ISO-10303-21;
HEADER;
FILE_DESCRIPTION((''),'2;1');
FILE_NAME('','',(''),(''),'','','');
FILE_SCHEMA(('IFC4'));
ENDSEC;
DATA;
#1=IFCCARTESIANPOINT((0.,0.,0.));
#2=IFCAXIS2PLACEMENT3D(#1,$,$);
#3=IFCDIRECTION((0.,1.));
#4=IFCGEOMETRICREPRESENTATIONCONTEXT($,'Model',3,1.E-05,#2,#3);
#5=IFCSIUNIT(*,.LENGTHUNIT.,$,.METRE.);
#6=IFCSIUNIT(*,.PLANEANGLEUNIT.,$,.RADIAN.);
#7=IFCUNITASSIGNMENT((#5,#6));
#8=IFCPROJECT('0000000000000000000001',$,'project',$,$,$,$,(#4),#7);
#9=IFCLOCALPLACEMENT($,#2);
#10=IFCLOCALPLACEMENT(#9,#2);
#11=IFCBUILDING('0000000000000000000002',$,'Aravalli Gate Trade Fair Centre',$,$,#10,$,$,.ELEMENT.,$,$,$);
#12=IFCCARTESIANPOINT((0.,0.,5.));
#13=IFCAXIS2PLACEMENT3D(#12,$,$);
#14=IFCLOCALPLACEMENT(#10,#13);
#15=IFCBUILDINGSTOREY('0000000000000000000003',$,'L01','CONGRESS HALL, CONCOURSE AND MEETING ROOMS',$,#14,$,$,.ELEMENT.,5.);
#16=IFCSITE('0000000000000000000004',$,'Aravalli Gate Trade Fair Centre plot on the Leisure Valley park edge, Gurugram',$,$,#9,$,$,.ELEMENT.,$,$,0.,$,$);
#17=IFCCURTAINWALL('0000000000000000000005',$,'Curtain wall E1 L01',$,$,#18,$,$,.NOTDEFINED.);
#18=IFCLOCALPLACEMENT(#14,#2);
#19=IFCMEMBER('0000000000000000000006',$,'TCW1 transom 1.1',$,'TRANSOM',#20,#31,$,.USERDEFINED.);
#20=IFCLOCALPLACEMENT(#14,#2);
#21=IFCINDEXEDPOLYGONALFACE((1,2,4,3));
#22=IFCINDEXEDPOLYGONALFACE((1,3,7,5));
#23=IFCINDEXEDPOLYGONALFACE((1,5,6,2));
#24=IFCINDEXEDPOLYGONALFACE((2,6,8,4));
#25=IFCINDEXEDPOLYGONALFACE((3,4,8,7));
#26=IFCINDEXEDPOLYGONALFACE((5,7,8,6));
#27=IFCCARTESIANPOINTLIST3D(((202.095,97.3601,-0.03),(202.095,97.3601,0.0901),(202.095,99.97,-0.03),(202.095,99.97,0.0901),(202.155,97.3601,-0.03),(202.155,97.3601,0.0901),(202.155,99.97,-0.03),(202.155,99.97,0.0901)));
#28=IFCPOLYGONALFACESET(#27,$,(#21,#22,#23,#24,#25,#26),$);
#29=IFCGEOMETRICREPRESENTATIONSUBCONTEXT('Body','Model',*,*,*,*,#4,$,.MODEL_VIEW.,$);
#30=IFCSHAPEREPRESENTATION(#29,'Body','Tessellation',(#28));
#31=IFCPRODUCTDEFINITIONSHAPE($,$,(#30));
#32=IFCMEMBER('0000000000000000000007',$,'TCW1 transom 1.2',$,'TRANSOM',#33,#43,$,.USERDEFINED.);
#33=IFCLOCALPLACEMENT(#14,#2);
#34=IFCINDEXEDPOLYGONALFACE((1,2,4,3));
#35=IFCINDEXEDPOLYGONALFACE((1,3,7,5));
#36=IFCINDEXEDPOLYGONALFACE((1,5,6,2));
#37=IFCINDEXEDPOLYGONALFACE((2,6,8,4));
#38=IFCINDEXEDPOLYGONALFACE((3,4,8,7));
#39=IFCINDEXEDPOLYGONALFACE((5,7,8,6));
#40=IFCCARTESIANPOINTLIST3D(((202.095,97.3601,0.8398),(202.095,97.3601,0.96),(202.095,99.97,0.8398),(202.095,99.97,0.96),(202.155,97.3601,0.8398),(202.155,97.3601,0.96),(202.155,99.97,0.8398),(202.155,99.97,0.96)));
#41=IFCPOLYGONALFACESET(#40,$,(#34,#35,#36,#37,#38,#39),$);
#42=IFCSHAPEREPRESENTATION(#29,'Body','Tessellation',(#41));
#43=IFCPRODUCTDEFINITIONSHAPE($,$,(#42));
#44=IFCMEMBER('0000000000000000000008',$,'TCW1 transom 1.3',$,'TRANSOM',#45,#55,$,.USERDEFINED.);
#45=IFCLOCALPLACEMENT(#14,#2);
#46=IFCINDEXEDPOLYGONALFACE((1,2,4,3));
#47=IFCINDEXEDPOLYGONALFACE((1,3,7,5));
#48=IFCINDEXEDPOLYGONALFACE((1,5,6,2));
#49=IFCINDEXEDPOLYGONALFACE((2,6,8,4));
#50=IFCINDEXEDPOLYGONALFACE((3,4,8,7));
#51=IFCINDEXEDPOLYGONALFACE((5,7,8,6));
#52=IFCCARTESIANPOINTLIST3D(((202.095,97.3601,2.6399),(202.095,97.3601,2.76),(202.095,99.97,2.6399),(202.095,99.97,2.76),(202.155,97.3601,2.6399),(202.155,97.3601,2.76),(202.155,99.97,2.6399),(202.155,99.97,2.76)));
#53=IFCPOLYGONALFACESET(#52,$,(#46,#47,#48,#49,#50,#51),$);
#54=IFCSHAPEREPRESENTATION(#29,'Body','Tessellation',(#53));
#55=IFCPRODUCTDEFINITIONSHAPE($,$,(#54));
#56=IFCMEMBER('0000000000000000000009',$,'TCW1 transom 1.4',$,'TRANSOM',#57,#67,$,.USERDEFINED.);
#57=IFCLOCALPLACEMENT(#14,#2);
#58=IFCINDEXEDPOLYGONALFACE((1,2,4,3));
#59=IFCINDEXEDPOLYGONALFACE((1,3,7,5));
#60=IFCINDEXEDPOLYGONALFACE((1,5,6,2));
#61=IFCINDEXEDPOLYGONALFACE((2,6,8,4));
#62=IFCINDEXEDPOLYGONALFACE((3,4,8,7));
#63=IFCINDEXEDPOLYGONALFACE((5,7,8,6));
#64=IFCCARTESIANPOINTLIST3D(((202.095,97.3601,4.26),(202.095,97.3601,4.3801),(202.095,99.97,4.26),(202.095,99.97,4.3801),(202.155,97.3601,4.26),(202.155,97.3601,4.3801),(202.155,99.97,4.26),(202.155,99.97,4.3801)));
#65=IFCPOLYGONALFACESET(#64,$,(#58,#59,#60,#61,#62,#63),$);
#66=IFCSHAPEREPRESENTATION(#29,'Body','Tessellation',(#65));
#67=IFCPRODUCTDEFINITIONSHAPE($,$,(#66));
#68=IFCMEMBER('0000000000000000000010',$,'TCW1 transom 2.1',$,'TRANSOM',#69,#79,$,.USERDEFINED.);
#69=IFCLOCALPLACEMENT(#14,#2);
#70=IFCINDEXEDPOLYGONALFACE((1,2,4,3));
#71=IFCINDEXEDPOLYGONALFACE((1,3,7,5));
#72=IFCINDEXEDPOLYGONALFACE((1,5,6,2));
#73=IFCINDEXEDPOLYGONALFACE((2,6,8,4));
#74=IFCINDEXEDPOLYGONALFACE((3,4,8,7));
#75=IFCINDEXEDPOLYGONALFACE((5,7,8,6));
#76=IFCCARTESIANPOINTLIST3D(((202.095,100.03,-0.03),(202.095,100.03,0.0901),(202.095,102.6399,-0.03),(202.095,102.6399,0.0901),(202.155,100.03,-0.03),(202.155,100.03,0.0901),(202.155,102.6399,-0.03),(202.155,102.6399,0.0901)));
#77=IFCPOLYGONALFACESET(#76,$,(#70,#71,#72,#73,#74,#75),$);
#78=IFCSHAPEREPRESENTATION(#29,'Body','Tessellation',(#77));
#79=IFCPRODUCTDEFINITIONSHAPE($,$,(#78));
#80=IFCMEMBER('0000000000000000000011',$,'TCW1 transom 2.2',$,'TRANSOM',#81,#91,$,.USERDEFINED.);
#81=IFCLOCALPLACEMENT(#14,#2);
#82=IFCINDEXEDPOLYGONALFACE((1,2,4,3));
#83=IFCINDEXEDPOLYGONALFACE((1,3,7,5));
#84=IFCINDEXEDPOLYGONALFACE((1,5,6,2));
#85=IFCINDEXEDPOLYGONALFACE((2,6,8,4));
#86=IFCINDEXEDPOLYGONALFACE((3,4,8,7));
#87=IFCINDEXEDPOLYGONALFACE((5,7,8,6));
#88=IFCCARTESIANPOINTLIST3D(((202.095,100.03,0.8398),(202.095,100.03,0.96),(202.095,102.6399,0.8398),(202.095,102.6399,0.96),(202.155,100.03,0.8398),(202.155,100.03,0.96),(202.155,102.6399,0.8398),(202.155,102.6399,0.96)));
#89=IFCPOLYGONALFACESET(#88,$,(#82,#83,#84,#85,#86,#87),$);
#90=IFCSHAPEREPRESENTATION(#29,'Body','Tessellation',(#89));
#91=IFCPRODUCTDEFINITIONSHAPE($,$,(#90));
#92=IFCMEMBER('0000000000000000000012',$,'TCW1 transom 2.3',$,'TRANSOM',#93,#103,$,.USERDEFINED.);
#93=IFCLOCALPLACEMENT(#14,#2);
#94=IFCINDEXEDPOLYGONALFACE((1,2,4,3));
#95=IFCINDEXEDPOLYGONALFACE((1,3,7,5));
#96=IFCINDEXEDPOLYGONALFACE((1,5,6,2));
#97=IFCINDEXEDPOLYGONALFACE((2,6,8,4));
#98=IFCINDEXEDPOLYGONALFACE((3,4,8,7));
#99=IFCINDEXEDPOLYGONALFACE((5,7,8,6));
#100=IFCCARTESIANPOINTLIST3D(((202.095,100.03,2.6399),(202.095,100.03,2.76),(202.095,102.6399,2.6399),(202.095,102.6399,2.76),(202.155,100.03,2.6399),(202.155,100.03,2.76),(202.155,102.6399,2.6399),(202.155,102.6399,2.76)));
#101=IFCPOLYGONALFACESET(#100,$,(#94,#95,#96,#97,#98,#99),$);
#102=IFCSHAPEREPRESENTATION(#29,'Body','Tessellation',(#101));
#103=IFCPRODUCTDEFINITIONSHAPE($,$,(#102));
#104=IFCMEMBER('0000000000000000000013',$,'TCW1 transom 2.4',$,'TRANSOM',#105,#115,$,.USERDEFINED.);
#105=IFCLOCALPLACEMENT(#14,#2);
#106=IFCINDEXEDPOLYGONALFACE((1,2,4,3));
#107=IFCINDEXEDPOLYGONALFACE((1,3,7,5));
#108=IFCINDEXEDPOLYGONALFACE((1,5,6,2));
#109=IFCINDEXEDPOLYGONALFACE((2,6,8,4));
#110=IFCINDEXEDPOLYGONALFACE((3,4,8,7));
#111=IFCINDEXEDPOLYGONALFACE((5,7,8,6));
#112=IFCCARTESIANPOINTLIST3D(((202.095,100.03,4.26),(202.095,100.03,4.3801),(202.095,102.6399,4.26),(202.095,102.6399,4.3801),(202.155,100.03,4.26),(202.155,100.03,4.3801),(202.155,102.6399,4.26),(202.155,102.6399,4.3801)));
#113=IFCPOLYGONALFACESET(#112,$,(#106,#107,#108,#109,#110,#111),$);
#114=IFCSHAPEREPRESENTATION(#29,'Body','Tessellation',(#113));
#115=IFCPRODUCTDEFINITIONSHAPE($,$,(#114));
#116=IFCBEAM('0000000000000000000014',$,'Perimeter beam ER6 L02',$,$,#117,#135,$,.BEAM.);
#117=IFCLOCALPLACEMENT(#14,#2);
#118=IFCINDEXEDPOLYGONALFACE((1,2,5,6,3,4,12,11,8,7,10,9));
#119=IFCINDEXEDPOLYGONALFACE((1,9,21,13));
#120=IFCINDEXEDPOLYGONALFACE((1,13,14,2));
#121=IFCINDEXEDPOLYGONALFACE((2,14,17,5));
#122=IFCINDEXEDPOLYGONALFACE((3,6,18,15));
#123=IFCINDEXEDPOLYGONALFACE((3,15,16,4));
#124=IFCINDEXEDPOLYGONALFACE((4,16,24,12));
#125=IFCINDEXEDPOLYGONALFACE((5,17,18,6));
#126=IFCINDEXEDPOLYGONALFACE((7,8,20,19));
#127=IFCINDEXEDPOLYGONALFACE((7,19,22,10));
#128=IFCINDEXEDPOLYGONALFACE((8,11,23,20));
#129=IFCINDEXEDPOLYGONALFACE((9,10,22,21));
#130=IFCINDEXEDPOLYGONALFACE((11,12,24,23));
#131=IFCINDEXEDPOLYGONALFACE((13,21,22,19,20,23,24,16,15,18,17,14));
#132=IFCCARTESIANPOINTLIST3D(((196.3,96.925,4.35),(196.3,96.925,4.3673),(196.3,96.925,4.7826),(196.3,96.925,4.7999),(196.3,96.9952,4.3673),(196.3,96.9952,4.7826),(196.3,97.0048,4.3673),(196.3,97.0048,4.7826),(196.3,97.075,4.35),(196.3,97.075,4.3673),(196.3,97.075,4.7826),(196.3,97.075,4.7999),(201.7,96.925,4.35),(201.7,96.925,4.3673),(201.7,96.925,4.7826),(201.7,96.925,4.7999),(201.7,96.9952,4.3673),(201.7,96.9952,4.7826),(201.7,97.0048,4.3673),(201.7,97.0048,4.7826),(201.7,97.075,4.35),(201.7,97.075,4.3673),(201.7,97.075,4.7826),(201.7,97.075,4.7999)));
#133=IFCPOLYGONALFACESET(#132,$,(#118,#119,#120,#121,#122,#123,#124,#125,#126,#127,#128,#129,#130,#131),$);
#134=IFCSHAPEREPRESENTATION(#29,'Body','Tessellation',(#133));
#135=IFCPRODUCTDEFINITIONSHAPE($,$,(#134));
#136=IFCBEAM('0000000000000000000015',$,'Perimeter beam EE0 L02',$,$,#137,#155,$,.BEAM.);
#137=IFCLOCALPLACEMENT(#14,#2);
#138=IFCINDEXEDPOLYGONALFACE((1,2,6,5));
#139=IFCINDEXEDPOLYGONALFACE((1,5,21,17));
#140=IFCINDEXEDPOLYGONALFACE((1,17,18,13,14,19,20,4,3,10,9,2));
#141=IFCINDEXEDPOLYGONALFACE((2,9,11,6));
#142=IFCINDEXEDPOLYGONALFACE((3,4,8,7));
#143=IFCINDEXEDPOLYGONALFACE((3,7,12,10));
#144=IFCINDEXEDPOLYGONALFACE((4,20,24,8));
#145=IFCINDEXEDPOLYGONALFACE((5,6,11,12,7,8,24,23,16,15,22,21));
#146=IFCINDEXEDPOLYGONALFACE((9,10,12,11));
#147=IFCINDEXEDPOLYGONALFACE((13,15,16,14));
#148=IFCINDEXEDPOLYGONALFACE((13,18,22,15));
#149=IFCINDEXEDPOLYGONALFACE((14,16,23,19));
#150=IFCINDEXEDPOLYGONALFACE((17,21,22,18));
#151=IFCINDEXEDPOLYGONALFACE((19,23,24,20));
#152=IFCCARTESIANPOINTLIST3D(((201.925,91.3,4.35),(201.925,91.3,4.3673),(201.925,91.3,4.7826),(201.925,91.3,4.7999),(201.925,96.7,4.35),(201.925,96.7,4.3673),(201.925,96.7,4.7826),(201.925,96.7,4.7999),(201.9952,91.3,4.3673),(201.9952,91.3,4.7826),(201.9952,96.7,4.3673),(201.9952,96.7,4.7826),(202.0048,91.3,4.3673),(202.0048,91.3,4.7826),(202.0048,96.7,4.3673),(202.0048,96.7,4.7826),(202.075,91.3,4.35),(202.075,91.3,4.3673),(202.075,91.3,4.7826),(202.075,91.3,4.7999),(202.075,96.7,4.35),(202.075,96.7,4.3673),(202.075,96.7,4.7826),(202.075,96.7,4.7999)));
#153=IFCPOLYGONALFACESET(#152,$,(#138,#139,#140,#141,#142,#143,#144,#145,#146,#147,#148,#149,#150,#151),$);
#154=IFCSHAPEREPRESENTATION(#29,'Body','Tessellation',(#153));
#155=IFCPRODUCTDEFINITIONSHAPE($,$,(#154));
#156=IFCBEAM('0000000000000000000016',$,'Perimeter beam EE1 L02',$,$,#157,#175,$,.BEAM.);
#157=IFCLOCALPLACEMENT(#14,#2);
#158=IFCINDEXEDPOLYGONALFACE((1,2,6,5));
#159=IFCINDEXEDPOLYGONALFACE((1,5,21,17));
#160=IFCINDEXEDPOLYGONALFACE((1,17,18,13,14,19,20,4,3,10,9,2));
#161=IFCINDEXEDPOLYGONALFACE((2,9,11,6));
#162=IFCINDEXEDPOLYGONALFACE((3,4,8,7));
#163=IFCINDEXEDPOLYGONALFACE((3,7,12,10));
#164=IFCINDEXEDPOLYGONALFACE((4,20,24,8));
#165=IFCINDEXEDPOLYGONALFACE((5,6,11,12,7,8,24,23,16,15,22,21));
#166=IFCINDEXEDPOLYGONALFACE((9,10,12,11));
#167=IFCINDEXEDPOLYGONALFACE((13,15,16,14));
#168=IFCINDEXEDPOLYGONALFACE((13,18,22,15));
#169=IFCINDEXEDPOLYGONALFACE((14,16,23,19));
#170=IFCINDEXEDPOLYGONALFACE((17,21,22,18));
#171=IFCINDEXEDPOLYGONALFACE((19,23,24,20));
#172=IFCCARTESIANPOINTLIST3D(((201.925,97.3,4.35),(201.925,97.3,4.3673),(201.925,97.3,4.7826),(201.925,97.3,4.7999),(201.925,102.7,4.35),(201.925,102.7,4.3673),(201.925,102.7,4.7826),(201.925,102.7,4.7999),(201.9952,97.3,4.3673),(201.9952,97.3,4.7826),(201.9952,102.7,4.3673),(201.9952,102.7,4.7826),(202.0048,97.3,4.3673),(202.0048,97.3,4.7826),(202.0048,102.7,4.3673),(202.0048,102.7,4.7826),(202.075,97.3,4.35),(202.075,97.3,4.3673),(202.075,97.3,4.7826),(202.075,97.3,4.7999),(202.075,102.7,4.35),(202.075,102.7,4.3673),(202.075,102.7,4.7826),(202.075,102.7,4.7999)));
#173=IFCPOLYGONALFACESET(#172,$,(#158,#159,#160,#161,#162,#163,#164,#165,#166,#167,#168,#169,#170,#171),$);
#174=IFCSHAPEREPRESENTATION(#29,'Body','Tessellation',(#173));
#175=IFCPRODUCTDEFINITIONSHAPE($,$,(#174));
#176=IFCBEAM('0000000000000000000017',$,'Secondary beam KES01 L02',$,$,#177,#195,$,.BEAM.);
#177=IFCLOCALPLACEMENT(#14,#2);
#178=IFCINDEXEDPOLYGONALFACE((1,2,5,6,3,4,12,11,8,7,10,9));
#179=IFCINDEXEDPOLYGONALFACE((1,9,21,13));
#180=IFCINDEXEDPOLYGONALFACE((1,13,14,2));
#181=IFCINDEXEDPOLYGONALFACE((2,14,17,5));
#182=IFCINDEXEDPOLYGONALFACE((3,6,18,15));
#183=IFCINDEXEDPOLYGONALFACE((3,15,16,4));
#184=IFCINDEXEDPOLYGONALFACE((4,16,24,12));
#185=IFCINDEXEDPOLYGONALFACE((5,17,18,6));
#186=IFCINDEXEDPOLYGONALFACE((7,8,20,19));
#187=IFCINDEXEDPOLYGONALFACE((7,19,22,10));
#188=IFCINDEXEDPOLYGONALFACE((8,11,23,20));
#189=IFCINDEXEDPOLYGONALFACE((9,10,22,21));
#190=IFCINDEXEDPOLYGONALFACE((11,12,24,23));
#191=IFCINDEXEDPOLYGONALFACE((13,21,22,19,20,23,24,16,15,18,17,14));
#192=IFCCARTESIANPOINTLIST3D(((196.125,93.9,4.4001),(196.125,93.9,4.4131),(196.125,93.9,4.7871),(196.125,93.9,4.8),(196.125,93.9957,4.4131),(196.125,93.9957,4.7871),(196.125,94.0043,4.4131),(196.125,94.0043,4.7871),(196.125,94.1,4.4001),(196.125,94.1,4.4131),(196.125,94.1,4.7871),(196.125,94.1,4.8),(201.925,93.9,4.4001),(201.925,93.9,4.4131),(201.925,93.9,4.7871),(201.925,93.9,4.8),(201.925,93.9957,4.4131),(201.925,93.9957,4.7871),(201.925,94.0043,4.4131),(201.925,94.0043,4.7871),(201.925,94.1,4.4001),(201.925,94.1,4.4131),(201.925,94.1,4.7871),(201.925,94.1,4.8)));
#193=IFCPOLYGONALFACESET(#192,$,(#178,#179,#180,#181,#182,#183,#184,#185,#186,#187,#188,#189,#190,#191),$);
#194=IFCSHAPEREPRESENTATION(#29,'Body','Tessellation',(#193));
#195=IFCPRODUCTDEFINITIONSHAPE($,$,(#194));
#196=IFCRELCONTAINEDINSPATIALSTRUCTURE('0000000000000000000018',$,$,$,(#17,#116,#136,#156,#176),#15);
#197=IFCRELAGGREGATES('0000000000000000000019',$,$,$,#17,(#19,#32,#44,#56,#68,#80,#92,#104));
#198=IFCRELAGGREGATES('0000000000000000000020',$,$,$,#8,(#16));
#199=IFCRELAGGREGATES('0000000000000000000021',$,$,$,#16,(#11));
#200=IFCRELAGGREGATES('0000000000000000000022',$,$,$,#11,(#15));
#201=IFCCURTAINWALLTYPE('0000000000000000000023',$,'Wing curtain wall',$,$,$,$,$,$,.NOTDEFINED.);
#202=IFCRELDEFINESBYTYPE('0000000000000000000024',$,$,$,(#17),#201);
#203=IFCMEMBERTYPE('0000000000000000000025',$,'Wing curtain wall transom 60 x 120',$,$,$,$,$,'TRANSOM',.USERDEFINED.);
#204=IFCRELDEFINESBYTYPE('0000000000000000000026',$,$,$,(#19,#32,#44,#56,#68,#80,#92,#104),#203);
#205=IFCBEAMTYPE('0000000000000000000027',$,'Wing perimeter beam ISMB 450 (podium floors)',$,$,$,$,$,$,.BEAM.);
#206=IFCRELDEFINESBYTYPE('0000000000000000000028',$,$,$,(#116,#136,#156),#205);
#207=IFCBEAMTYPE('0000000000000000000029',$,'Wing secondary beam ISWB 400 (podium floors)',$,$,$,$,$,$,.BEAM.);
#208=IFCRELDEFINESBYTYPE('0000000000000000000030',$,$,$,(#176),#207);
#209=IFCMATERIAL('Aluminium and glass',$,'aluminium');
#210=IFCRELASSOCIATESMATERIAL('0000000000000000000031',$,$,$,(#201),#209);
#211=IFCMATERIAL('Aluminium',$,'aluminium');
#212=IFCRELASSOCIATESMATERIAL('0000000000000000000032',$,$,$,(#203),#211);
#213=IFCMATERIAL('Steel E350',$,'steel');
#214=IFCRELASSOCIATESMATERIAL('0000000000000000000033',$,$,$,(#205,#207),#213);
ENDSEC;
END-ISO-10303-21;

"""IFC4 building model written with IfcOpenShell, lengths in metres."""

from ifc_helpers import new_model, si_unit, direction, frame, origin, origin_2d, place, context, subcontext, project, spatial, rectangle, i_section, extrude, material, material_profile, profile_set, type_object, element, aggregate, save


model = new_model("IFC4")

# Units and contexts
model_context = context("Model", 3, precision=1e-05, world=origin(), true_north=direction((0.0, 1.0)))
body_context = subcontext(model_context, "Body", "Model", "MODEL_VIEW")
ifc_project = project(units=[si_unit("LENGTHUNIT", "METRE"), si_unit("PLANEANGLEUNIT", "RADIAN")], contexts=[model_context])

# Site, building, storey
site_placement = place(None, origin())
site = spatial("IfcSite", under=ifc_project, at=site_placement, Name="Aravalli Gate Trade Fair Centre plot on the Leisure Valley park edge, Gurugram", CompositionType="ELEMENT", RefElevation=0.0)
building_placement = place(site_placement, origin())
building = spatial("IfcBuilding", under=site, at=building_placement, Name="Aravalli Gate Trade Fair Centre", CompositionType="ELEMENT")
storey_placement = place(building_placement, frame((0.0, 0.0, 5.0)))
storey = spatial("IfcBuildingStorey", under=building, at=storey_placement, Name="L01", Description="CONGRESS HALL, CONCOURSE AND MEETING ROOMS", CompositionType="ELEMENT", Elevation=5.0)

# Shared definitions
ifc_material_1 = material(Name="Steel E350", Category="steel")

# Curtain wall
ifc_material_2 = material(Name="Aluminium and glass", Category="aluminium")
curtain_wall_type = type_object("IfcCurtainWallType", Name="Wing curtain wall", PredefinedType="NOTDEFINED", material=ifc_material_2)
ifc_material_3 = material(Name="Aluminium", Category="aluminium")
curtain_wall_1_placement = place(storey_placement, origin())
curtain_wall_1 = element("IfcCurtainWall", 1, at=curtain_wall_1_placement, inside=storey, type_object=curtain_wall_type, Name="Curtain wall E1 L01", PredefinedType="NOTDEFINED")

# Members
ifc_material_profile_1 = material_profile(ifc_material_3, rectangle(XDim=0.0601, YDim=0.1201, at=origin_2d()), Name="Wing curtain wall transom 60 x 120")
ifc_profile_set_1 = profile_set([ifc_material_profile_1], Name="Aluminium")
member_type_1 = type_object("IfcMemberType", Name="Wing curtain wall transom 60 x 120", ElementType="TRANSOM", PredefinedType="USERDEFINED", material=ifc_profile_set_1)
member_1_placement = place(storey_placement, frame((202.125, 97.3601, 0.03), z_axis=(0.0, 1.0, 0.0), x_axis=(-1.0, 0.0, 0.0)))
member_1 = element("IfcMember", 2, at=member_1_placement, type_object=member_type_1, Name="TCW1 transom 1.1", ObjectType="TRANSOM", PredefinedType="USERDEFINED", context=body_context, shape_type="SweptSolid", body=[
    extrude(rectangle(XDim=0.0601, YDim=0.1201, at=origin_2d()), origin(), (0.0, 0.0, 1.0), 2.6099),
])
member_2_placement = place(storey_placement, frame((202.125, 97.3601, 0.8999), z_axis=(0.0, 1.0, 0.0), x_axis=(-1.0, 0.0, 0.0)))
member_2 = element("IfcMember", 3, at=member_2_placement, type_object=member_type_1, Name="TCW1 transom 1.2", ObjectType="TRANSOM", PredefinedType="USERDEFINED", context=body_context, shape_type="SweptSolid", body=[
    extrude(rectangle(XDim=0.0601, YDim=0.1201, at=origin_2d()), origin(), (0.0, 0.0, 1.0), 2.6099),
])
member_3_placement = place(storey_placement, frame((202.125, 97.3601, 2.7), z_axis=(0.0, 1.0, 0.0), x_axis=(-1.0, 0.0, 0.0)))
member_3 = element("IfcMember", 4, at=member_3_placement, type_object=member_type_1, Name="TCW1 transom 1.3", ObjectType="TRANSOM", PredefinedType="USERDEFINED", context=body_context, shape_type="SweptSolid", body=[
    extrude(rectangle(XDim=0.0601, YDim=0.1201, at=origin_2d()), origin(), (0.0, 0.0, 1.0), 2.6099),
])
member_4_placement = place(storey_placement, frame((202.125, 97.3601, 4.3201), z_axis=(0.0, 1.0, 0.0), x_axis=(-1.0, 0.0, 0.0)))
member_4 = element("IfcMember", 5, at=member_4_placement, type_object=member_type_1, Name="TCW1 transom 1.4", ObjectType="TRANSOM", PredefinedType="USERDEFINED", context=body_context, shape_type="SweptSolid", body=[
    extrude(rectangle(XDim=0.0601, YDim=0.1201, at=origin_2d()), origin(), (0.0, 0.0, 1.0), 2.6099),
])
member_5_placement = place(storey_placement, frame((202.125, 100.03, 0.03), z_axis=(0.0, 1.0, 0.0), x_axis=(-1.0, 0.0, 0.0)))
member_5 = element("IfcMember", 6, at=member_5_placement, type_object=member_type_1, Name="TCW1 transom 2.1", ObjectType="TRANSOM", PredefinedType="USERDEFINED", context=body_context, shape_type="SweptSolid", body=[
    extrude(rectangle(XDim=0.0601, YDim=0.1201, at=origin_2d()), origin(), (0.0, 0.0, 1.0), 2.6099),
])
member_6_placement = place(storey_placement, frame((202.125, 100.03, 0.8999), z_axis=(0.0, 1.0, 0.0), x_axis=(-1.0, 0.0, 0.0)))
member_6 = element("IfcMember", 7, at=member_6_placement, type_object=member_type_1, Name="TCW1 transom 2.2", ObjectType="TRANSOM", PredefinedType="USERDEFINED", context=body_context, shape_type="SweptSolid", body=[
    extrude(rectangle(XDim=0.0601, YDim=0.1201, at=origin_2d()), origin(), (0.0, 0.0, 1.0), 2.6099),
])
member_7_placement = place(storey_placement, frame((202.125, 100.03, 2.7), z_axis=(0.0, 1.0, 0.0), x_axis=(-1.0, 0.0, 0.0)))
member_7 = element("IfcMember", 8, at=member_7_placement, type_object=member_type_1, Name="TCW1 transom 2.3", ObjectType="TRANSOM", PredefinedType="USERDEFINED", context=body_context, shape_type="SweptSolid", body=[
    extrude(rectangle(XDim=0.0601, YDim=0.1201, at=origin_2d()), origin(), (0.0, 0.0, 1.0), 2.6099),
])
member_8_placement = place(storey_placement, frame((202.125, 100.03, 4.3201), z_axis=(0.0, 1.0, 0.0), x_axis=(-1.0, 0.0, 0.0)))
member_8 = element("IfcMember", 9, at=member_8_placement, type_object=member_type_1, Name="TCW1 transom 2.4", ObjectType="TRANSOM", PredefinedType="USERDEFINED", context=body_context, shape_type="SweptSolid", body=[
    extrude(rectangle(XDim=0.0601, YDim=0.1201, at=origin_2d()), origin(), (0.0, 0.0, 1.0), 2.6099),
])

# Beams
ifc_material_profile_2 = material_profile(ifc_material_1, i_section(OverallWidth=0.1499, OverallDepth=0.45, WebThickness=0.0095, FlangeThickness=0.0173, at=origin_2d()), Name="ISMB 450")
ifc_profile_set_2 = profile_set([ifc_material_profile_2], Name="Steel E350")
beam_type_1 = type_object("IfcBeamType", Name="Wing perimeter beam ISMB 450 (podium floors)", PredefinedType="BEAM", material=ifc_profile_set_2)
for number, where, z_axis, x_axis, name in (
    (10, (196.3, 97.0, 4.575), (1.0, 0.0, 0.0), (0.0, 1.0, 0.0), "Perimeter beam ER6 L02"),
    (11, (202.0, 91.3, 4.575), (0.0, 1.0, 0.0), (-1.0, 0.0, 0.0), "Perimeter beam EE0 L02"),
    (12, (202.0, 97.3, 4.575), (0.0, 1.0, 0.0), (-1.0, 0.0, 0.0), "Perimeter beam EE1 L02"),
):
    element("IfcBeam", number, at=place(storey_placement, frame(where, z_axis=z_axis, x_axis=x_axis)), inside=storey, type_object=beam_type_1, Name=name, PredefinedType="BEAM", context=body_context, shape_type="SweptSolid", body=[
        extrude(i_section(OverallWidth=0.1499, OverallDepth=0.45, WebThickness=0.0095, FlangeThickness=0.0173, at=origin_2d()), origin(), (0.0, 0.0, 1.0), 5.3999),
    ])
ifc_material_profile_3 = material_profile(ifc_material_1, i_section(OverallWidth=0.2, OverallDepth=0.3999, WebThickness=0.0085, FlangeThickness=0.0129, at=origin_2d()), Name="ISWB 400")
ifc_profile_set_3 = profile_set([ifc_material_profile_3], Name="Steel E350")
beam_type_2 = type_object("IfcBeamType", Name="Wing secondary beam ISWB 400 (podium floors)", PredefinedType="BEAM", material=ifc_profile_set_3)
for number, where, z_axis, x_axis, name in (
    (13, (196.125, 94.0, 4.6001), (1.0, 0.0, 0.0), (0.0, 1.0, 0.0), "Secondary beam KES01 L02"),
):
    element("IfcBeam", number, at=place(storey_placement, frame(where, z_axis=z_axis, x_axis=x_axis)), inside=storey, type_object=beam_type_2, Name=name, PredefinedType="BEAM", context=body_context, shape_type="SweptSolid", body=[
        extrude(i_section(OverallWidth=0.2, OverallDepth=0.3999, WebThickness=0.0085, FlangeThickness=0.0129, at=origin_2d()), origin(), (0.0, 0.0, 1.0), 5.8),
    ])

aggregate(curtain_wall_1, [member_1, member_2, member_3, member_4, member_5, member_6, member_7, member_8])

save(model, "model.ifc")
